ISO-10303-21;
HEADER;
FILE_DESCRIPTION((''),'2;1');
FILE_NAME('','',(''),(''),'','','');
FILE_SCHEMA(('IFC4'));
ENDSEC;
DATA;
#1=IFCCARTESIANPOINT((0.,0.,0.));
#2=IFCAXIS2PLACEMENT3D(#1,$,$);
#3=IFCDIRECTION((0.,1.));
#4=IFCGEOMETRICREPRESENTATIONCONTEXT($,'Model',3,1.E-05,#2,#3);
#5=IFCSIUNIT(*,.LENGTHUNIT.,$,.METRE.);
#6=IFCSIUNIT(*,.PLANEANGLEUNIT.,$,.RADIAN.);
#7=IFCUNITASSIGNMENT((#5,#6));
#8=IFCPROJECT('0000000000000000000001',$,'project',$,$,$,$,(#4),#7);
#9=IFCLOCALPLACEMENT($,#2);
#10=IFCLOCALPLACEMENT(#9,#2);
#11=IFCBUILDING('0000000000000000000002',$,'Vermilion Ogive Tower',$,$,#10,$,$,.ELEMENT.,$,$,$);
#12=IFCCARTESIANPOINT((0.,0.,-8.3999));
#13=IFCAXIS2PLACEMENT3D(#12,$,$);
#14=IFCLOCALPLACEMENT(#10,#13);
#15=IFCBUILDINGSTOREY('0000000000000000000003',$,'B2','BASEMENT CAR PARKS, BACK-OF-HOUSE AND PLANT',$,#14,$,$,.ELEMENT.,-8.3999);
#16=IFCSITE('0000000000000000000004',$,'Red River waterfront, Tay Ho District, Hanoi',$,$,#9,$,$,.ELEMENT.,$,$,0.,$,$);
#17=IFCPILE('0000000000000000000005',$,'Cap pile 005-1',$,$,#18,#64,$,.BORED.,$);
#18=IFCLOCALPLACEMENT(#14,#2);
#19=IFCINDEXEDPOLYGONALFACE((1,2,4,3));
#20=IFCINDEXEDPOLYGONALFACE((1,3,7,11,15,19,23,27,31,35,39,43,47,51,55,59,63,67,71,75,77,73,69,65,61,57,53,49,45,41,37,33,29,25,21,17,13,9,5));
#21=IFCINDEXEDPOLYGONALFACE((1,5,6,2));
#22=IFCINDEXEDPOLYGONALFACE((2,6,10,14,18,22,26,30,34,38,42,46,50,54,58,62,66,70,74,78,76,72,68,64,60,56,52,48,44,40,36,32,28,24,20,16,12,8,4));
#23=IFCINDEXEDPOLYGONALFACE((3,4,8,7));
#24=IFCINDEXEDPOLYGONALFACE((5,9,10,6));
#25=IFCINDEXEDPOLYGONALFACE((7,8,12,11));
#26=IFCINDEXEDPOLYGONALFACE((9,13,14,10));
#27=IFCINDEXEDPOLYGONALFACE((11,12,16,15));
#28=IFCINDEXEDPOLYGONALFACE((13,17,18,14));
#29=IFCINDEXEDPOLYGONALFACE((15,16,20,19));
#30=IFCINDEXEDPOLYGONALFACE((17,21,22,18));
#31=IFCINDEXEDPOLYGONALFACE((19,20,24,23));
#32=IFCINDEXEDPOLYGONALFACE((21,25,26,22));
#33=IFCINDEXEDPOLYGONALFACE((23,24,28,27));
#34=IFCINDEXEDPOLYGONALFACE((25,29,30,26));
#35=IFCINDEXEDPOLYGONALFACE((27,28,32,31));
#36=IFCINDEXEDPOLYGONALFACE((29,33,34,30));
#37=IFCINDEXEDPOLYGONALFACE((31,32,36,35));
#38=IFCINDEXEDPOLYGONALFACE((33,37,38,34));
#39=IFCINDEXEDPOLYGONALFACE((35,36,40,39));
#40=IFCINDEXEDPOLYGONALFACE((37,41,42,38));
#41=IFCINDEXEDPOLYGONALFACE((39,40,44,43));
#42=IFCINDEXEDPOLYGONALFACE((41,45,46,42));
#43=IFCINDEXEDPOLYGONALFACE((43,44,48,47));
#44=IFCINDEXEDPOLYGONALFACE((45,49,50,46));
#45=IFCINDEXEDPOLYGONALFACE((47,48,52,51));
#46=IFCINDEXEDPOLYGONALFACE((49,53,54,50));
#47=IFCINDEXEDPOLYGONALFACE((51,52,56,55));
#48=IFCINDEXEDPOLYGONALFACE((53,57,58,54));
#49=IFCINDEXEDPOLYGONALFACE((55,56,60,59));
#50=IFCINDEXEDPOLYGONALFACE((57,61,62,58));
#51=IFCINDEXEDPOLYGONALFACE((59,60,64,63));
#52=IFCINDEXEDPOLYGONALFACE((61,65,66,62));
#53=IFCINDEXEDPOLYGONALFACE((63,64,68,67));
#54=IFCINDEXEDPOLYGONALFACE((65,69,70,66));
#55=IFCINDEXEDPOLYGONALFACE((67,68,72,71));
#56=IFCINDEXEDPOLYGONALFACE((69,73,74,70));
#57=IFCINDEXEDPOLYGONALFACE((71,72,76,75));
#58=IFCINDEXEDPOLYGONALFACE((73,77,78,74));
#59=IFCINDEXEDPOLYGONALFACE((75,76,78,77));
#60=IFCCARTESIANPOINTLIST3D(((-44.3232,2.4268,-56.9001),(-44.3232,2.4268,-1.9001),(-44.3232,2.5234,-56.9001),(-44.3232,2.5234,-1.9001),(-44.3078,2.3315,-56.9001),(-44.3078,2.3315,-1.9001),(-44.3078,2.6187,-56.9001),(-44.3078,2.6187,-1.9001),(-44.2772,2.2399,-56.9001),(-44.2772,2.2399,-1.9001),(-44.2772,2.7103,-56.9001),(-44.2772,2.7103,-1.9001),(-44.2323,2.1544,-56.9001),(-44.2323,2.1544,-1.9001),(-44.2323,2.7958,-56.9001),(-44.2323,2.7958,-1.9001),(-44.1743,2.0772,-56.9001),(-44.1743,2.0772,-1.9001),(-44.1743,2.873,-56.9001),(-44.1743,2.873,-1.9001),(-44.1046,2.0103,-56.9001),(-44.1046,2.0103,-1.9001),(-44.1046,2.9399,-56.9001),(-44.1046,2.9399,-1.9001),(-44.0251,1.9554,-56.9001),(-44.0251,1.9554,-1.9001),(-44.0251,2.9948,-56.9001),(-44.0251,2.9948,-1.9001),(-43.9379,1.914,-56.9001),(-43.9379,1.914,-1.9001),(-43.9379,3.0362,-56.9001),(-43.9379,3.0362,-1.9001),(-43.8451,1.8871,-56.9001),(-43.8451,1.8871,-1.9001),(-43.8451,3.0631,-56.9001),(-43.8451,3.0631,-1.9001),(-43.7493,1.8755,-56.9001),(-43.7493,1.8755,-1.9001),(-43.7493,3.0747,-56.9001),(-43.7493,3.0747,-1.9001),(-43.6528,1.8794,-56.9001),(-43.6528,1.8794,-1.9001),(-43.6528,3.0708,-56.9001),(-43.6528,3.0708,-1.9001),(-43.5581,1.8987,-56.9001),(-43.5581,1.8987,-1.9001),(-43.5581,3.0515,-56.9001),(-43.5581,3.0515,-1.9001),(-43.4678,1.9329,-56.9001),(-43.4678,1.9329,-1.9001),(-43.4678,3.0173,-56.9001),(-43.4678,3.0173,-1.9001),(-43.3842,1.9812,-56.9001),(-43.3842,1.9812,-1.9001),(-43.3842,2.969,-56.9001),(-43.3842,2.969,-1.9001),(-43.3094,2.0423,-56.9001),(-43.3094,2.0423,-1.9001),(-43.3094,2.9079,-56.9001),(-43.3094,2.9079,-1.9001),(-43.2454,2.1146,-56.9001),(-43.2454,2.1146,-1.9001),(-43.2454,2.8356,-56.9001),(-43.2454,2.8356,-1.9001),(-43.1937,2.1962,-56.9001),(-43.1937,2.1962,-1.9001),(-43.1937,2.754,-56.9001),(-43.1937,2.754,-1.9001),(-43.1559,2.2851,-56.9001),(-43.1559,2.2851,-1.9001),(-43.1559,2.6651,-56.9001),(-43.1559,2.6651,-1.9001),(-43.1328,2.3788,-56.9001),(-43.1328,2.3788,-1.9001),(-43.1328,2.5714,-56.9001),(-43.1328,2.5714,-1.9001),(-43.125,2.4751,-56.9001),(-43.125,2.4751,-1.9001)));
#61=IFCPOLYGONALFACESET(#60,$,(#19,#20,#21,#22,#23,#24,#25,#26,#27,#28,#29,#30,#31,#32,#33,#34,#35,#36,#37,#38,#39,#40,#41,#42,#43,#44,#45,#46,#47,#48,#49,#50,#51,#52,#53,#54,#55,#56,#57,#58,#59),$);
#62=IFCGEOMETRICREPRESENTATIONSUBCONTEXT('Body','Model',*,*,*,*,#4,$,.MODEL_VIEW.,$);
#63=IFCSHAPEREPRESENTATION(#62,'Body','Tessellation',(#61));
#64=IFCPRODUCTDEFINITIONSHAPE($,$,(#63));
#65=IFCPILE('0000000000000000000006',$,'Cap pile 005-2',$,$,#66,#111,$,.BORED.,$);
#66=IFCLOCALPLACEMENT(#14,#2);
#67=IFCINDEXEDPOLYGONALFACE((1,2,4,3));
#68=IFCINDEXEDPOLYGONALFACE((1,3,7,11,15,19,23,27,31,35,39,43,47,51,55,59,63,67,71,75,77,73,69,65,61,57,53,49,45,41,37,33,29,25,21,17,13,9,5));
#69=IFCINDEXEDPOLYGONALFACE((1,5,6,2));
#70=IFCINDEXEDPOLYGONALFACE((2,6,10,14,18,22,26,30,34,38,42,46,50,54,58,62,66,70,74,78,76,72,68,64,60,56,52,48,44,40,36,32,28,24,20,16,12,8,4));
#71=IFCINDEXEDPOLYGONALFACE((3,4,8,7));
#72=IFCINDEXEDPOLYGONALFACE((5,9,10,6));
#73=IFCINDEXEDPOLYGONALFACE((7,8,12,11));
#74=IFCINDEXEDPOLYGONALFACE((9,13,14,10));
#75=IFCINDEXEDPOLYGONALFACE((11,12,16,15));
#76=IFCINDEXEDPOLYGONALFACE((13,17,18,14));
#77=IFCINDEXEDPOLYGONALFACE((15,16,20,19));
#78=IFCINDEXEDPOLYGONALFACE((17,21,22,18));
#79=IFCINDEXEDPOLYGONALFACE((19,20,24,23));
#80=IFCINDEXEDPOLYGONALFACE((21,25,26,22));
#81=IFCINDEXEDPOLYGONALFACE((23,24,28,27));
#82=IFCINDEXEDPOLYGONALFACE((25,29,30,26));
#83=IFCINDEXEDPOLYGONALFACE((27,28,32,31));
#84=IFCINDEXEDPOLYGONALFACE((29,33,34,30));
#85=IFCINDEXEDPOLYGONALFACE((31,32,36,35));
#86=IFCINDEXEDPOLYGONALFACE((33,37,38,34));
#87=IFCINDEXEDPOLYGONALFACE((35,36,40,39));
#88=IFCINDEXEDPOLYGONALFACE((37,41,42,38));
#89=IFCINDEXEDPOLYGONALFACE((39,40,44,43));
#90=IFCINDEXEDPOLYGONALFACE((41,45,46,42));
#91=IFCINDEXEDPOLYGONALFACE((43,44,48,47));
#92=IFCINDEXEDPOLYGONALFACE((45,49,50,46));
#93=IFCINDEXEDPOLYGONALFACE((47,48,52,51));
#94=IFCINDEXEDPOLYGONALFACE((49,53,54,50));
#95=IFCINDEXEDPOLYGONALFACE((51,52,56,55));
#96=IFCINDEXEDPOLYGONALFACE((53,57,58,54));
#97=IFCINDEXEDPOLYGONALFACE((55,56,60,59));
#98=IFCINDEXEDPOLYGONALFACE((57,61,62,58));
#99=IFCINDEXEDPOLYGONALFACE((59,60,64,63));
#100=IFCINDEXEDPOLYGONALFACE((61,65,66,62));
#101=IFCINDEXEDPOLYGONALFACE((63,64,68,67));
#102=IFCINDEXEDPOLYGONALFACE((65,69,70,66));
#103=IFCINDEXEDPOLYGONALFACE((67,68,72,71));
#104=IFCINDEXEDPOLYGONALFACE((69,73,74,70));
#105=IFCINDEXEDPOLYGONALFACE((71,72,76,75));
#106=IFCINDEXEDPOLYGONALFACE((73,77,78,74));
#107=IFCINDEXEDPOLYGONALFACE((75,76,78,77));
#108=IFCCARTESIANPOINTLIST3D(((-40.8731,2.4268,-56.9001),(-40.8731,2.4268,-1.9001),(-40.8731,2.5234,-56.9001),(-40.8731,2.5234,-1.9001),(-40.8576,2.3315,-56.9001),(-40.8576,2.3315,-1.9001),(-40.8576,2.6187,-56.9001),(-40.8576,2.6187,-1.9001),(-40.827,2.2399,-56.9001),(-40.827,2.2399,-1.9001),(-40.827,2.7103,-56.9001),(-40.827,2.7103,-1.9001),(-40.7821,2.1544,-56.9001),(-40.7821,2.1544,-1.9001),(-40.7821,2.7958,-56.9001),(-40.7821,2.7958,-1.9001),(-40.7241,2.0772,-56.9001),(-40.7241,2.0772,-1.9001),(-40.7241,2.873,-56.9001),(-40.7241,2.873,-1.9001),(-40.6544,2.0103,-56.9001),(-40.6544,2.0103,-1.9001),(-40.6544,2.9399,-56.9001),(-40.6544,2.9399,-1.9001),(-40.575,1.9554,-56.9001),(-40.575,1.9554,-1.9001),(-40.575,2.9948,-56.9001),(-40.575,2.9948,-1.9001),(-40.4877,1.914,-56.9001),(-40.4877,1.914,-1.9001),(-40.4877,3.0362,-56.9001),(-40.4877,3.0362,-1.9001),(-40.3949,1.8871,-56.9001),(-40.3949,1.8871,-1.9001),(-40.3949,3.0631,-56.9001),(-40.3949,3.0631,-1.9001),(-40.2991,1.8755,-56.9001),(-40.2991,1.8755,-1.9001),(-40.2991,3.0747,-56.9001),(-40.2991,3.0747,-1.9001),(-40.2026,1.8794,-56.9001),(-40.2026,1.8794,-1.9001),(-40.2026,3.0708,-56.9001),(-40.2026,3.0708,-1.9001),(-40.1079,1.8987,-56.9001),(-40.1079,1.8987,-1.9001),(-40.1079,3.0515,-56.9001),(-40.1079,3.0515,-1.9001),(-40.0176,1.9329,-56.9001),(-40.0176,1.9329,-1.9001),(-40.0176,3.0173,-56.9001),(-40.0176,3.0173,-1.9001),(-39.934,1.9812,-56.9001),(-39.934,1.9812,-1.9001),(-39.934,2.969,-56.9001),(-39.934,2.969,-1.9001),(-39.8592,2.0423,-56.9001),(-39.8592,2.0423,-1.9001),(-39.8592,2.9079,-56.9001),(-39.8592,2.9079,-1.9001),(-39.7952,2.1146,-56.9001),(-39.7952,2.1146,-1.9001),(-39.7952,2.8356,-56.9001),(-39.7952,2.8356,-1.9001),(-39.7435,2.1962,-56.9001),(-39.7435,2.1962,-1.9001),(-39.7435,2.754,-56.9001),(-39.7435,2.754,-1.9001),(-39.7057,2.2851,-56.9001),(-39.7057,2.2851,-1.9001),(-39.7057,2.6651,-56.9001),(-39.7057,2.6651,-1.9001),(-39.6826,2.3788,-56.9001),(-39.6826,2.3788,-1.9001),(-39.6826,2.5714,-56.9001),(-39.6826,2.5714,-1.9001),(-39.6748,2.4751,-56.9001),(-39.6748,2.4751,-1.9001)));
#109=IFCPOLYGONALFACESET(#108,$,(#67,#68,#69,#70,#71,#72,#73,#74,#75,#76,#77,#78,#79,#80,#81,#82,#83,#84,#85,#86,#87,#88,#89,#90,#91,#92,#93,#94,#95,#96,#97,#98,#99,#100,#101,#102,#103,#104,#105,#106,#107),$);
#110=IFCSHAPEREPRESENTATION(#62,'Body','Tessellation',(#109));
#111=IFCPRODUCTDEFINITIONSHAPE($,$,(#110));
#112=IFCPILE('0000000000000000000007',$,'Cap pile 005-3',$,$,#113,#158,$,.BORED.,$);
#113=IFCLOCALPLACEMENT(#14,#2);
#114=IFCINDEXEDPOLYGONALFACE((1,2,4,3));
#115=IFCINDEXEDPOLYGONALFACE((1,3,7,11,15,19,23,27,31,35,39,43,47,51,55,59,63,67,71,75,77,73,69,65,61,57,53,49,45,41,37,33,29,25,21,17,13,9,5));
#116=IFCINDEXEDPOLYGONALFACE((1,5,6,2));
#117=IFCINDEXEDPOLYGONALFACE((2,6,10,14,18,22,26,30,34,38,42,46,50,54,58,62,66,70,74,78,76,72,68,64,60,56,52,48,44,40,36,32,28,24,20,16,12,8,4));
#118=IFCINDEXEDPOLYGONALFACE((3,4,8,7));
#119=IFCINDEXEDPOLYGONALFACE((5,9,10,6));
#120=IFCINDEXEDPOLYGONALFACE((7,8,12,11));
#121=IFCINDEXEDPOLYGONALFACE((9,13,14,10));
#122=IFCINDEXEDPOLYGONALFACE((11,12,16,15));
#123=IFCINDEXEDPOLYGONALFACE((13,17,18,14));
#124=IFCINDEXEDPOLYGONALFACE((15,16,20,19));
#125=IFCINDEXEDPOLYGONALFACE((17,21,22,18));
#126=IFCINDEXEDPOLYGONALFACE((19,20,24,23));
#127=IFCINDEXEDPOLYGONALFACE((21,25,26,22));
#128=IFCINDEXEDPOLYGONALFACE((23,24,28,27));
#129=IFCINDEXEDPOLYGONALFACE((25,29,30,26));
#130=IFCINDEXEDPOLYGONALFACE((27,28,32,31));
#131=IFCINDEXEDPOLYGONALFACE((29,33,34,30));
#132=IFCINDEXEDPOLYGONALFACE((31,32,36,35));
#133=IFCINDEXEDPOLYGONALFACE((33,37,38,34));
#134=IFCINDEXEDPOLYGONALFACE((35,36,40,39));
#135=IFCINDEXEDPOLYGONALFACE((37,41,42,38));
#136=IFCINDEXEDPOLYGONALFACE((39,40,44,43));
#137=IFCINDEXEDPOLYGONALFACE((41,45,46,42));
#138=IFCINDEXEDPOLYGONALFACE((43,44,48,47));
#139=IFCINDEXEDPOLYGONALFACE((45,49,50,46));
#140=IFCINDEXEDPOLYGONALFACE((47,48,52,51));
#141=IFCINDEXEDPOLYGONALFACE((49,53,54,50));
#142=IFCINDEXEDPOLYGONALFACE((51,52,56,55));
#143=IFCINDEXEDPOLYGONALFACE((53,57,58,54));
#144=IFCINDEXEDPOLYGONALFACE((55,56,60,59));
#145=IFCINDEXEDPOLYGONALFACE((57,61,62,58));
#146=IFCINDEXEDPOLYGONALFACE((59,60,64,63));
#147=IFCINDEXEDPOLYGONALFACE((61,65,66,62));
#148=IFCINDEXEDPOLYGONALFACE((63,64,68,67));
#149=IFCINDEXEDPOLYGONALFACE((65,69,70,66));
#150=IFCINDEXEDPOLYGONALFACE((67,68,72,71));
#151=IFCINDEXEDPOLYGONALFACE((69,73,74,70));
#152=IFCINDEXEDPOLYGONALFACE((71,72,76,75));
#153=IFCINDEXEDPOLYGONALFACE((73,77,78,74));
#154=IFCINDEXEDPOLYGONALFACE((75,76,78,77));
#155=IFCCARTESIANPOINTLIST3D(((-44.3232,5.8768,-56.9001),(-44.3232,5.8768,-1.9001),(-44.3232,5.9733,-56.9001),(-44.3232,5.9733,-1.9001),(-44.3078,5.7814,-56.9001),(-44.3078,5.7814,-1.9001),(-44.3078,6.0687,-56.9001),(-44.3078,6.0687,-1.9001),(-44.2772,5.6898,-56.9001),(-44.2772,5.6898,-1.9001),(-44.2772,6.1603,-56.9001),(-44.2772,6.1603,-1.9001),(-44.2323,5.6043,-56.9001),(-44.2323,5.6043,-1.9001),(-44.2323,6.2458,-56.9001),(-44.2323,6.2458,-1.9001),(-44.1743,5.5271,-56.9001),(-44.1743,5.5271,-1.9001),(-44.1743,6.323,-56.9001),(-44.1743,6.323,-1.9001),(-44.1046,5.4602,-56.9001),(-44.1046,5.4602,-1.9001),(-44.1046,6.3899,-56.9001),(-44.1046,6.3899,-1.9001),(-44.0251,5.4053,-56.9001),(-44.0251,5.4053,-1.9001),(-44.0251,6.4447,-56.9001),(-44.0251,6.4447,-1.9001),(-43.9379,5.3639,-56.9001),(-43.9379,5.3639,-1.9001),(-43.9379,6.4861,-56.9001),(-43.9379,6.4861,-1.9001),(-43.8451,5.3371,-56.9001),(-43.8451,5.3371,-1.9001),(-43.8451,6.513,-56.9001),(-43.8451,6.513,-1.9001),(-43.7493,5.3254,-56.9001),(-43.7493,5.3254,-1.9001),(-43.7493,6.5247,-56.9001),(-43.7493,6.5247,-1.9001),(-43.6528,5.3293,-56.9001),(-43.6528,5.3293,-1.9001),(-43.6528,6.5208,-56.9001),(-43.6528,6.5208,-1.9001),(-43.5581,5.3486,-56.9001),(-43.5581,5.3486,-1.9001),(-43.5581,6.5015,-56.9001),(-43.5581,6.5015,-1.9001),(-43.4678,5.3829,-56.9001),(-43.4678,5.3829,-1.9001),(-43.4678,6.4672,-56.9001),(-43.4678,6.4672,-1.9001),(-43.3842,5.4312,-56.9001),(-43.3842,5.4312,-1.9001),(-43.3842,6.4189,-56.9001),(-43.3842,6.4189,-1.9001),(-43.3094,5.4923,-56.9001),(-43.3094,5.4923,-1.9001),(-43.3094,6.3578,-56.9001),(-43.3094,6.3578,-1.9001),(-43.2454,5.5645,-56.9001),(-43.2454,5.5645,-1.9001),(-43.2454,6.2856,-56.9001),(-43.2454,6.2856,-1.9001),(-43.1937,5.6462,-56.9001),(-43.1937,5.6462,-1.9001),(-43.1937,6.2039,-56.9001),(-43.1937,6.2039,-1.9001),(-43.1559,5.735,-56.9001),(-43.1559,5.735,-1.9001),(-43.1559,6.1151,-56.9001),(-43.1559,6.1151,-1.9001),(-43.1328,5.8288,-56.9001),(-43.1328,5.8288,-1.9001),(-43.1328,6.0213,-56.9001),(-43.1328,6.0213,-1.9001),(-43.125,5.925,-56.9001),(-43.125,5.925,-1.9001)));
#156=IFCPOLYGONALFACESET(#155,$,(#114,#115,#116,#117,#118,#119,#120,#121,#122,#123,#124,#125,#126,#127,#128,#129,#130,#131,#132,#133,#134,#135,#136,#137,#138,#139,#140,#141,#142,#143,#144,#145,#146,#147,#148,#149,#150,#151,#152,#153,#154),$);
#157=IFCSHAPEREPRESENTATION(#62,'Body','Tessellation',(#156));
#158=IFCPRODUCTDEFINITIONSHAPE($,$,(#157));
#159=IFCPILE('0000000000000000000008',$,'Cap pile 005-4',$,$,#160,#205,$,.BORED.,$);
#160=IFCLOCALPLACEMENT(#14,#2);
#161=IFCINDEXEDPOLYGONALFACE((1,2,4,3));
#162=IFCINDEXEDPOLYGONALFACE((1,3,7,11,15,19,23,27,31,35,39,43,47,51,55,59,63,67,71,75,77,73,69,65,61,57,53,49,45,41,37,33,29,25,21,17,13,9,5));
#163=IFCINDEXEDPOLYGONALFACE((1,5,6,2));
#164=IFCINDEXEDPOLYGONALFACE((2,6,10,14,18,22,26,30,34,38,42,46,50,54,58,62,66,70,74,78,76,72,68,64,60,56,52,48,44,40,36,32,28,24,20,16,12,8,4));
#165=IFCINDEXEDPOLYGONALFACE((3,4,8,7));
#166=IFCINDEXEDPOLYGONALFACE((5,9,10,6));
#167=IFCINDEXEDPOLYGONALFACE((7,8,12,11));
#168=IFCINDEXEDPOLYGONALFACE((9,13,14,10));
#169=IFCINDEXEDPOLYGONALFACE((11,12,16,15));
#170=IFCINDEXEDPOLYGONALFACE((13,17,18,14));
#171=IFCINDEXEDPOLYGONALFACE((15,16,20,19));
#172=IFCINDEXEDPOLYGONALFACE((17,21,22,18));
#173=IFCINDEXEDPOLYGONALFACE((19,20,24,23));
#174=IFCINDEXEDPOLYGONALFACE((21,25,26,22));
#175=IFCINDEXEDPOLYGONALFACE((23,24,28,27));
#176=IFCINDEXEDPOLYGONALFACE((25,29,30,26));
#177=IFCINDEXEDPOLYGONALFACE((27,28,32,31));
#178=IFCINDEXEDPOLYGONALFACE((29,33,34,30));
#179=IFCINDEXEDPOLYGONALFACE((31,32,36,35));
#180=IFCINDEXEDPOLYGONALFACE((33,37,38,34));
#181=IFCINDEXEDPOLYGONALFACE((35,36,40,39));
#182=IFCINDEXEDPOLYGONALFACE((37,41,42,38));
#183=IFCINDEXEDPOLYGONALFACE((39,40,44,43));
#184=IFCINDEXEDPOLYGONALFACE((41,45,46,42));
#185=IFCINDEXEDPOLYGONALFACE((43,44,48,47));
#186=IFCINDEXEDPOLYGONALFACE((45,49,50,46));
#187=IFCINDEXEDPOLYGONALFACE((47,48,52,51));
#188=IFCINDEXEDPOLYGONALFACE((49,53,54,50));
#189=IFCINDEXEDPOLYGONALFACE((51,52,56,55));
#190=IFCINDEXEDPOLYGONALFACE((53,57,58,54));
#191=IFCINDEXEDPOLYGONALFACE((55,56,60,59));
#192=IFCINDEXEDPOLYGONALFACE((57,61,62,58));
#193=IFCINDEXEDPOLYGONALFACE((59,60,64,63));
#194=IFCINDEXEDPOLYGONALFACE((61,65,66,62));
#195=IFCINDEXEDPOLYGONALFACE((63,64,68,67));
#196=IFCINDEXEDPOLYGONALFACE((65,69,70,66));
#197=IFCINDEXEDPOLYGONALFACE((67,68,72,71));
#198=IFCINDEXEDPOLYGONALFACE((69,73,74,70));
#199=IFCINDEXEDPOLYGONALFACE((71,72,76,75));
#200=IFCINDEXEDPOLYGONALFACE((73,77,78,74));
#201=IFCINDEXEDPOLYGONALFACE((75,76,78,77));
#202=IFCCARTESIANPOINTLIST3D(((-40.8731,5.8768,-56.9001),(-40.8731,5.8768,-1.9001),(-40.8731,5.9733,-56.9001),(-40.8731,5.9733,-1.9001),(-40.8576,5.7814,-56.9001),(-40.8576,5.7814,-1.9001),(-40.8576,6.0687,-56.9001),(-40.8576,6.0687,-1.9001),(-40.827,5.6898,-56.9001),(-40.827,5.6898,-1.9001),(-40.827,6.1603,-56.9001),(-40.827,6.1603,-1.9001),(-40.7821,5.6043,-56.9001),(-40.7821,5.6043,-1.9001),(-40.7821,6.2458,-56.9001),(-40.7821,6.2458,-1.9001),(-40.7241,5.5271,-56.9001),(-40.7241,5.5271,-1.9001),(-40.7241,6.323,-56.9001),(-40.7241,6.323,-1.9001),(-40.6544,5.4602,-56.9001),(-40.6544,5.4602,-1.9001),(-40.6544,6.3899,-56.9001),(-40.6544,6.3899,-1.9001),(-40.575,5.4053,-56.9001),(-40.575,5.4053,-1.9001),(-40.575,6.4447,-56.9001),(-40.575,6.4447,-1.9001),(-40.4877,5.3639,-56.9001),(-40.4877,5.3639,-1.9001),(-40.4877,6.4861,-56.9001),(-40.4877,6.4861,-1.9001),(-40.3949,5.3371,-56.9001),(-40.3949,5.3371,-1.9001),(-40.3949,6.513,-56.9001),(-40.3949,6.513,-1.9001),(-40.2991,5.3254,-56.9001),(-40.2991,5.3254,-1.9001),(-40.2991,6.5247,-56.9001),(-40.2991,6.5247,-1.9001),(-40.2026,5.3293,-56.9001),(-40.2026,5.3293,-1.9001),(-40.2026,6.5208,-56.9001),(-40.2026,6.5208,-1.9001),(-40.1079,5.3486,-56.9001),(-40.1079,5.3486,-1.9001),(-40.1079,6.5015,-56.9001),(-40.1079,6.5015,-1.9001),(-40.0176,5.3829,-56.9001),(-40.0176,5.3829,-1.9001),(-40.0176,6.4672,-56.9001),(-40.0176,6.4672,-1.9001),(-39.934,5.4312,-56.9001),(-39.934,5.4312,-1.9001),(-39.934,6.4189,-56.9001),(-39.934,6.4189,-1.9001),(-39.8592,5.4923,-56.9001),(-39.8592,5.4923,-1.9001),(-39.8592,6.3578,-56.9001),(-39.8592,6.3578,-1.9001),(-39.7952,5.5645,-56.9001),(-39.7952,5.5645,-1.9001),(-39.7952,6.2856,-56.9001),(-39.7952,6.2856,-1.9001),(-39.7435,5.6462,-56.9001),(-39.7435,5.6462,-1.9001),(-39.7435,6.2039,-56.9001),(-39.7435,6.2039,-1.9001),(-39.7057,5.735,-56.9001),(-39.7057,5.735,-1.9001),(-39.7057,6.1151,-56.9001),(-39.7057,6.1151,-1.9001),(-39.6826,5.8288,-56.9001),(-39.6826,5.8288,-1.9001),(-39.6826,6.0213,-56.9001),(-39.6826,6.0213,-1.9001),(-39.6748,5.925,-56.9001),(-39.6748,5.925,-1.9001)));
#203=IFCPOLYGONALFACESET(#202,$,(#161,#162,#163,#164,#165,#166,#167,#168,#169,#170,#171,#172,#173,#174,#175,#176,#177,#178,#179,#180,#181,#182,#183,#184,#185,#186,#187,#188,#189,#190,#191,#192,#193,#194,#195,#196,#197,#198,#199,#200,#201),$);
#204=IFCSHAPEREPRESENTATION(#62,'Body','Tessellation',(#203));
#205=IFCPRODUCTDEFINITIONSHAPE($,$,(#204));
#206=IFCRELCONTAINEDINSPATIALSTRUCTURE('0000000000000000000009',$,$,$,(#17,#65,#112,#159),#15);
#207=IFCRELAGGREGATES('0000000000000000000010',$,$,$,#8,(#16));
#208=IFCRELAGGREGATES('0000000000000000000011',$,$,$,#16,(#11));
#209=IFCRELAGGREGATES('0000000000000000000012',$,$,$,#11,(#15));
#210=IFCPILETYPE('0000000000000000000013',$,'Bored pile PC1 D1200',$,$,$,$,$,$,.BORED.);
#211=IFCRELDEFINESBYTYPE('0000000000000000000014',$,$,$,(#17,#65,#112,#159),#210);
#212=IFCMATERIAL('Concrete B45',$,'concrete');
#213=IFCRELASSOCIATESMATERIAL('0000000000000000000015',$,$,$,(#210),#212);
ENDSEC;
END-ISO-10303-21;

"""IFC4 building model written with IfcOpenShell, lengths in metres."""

from ifc_helpers import new_model, si_unit, direction, frame, origin, origin_2d, place, context, subcontext, project, spatial, circle, extrude, material, type_object, element, save


model = new_model("IFC4")

# Units and contexts
model_context = context("Model", 3, precision=1e-05, world=origin(), true_north=direction((0.0, 1.0)))
body_context = subcontext(model_context, "Body", "Model", "MODEL_VIEW")
ifc_project = project(units=[si_unit("LENGTHUNIT", "METRE"), si_unit("PLANEANGLEUNIT", "RADIAN")], contexts=[model_context])

# Site, building, storey
site_placement = place(None, origin())
site = spatial("IfcSite", under=ifc_project, at=site_placement, Name="Red River waterfront, Tay Ho District, Hanoi", CompositionType="ELEMENT", RefElevation=0.0)
building_placement = place(site_placement, origin())
building = spatial("IfcBuilding", under=site, at=building_placement, Name="Vermilion Ogive Tower", CompositionType="ELEMENT")
storey_placement = place(building_placement, frame((0.0, 0.0, -8.3999)))
storey = spatial("IfcBuildingStorey", under=building, at=storey_placement, Name="B2", Description="BASEMENT CAR PARKS, BACK-OF-HOUSE AND PLANT", CompositionType="ELEMENT", Elevation=-8.3999)

# Piles
ifc_material_1 = material(Name="Concrete B45", Category="concrete")
pile_type_1 = type_object("IfcPileType", Name="Bored pile PC1 D1200", PredefinedType="BORED", material=ifc_material_1)
for number, where, z_axis, x_axis, name in (
    (1, (-43.7251, 2.4751, -1.9001), (0.0, 0.0, -1.0), (1.0, 0.0, 0.0), "Cap pile 005-1"),
    (2, (-40.2749, 2.4751, -1.9001), (0.0, 0.0, -1.0), (1.0, 0.0, 0.0), "Cap pile 005-2"),
    (3, (-43.7251, 5.925, -1.9001), (0.0, 0.0, -1.0), (1.0, 0.0, 0.0), "Cap pile 005-3"),
    (4, (-40.2749, 5.925, -1.9001), (0.0, 0.0, -1.0), (1.0, 0.0, 0.0), "Cap pile 005-4"),
):
    element("IfcPile", number, at=place(storey_placement, frame(where, z_axis=z_axis, x_axis=x_axis)), inside=storey, type_object=pile_type_1, Name=name, PredefinedType="BORED", context=body_context, shape_type="SweptSolid", body=[
        extrude(circle(Radius=0.6001, at=origin_2d()), origin(), (0.0, 0.0, 1.0), 55.0),
    ])

save(model, "model.ifc")
